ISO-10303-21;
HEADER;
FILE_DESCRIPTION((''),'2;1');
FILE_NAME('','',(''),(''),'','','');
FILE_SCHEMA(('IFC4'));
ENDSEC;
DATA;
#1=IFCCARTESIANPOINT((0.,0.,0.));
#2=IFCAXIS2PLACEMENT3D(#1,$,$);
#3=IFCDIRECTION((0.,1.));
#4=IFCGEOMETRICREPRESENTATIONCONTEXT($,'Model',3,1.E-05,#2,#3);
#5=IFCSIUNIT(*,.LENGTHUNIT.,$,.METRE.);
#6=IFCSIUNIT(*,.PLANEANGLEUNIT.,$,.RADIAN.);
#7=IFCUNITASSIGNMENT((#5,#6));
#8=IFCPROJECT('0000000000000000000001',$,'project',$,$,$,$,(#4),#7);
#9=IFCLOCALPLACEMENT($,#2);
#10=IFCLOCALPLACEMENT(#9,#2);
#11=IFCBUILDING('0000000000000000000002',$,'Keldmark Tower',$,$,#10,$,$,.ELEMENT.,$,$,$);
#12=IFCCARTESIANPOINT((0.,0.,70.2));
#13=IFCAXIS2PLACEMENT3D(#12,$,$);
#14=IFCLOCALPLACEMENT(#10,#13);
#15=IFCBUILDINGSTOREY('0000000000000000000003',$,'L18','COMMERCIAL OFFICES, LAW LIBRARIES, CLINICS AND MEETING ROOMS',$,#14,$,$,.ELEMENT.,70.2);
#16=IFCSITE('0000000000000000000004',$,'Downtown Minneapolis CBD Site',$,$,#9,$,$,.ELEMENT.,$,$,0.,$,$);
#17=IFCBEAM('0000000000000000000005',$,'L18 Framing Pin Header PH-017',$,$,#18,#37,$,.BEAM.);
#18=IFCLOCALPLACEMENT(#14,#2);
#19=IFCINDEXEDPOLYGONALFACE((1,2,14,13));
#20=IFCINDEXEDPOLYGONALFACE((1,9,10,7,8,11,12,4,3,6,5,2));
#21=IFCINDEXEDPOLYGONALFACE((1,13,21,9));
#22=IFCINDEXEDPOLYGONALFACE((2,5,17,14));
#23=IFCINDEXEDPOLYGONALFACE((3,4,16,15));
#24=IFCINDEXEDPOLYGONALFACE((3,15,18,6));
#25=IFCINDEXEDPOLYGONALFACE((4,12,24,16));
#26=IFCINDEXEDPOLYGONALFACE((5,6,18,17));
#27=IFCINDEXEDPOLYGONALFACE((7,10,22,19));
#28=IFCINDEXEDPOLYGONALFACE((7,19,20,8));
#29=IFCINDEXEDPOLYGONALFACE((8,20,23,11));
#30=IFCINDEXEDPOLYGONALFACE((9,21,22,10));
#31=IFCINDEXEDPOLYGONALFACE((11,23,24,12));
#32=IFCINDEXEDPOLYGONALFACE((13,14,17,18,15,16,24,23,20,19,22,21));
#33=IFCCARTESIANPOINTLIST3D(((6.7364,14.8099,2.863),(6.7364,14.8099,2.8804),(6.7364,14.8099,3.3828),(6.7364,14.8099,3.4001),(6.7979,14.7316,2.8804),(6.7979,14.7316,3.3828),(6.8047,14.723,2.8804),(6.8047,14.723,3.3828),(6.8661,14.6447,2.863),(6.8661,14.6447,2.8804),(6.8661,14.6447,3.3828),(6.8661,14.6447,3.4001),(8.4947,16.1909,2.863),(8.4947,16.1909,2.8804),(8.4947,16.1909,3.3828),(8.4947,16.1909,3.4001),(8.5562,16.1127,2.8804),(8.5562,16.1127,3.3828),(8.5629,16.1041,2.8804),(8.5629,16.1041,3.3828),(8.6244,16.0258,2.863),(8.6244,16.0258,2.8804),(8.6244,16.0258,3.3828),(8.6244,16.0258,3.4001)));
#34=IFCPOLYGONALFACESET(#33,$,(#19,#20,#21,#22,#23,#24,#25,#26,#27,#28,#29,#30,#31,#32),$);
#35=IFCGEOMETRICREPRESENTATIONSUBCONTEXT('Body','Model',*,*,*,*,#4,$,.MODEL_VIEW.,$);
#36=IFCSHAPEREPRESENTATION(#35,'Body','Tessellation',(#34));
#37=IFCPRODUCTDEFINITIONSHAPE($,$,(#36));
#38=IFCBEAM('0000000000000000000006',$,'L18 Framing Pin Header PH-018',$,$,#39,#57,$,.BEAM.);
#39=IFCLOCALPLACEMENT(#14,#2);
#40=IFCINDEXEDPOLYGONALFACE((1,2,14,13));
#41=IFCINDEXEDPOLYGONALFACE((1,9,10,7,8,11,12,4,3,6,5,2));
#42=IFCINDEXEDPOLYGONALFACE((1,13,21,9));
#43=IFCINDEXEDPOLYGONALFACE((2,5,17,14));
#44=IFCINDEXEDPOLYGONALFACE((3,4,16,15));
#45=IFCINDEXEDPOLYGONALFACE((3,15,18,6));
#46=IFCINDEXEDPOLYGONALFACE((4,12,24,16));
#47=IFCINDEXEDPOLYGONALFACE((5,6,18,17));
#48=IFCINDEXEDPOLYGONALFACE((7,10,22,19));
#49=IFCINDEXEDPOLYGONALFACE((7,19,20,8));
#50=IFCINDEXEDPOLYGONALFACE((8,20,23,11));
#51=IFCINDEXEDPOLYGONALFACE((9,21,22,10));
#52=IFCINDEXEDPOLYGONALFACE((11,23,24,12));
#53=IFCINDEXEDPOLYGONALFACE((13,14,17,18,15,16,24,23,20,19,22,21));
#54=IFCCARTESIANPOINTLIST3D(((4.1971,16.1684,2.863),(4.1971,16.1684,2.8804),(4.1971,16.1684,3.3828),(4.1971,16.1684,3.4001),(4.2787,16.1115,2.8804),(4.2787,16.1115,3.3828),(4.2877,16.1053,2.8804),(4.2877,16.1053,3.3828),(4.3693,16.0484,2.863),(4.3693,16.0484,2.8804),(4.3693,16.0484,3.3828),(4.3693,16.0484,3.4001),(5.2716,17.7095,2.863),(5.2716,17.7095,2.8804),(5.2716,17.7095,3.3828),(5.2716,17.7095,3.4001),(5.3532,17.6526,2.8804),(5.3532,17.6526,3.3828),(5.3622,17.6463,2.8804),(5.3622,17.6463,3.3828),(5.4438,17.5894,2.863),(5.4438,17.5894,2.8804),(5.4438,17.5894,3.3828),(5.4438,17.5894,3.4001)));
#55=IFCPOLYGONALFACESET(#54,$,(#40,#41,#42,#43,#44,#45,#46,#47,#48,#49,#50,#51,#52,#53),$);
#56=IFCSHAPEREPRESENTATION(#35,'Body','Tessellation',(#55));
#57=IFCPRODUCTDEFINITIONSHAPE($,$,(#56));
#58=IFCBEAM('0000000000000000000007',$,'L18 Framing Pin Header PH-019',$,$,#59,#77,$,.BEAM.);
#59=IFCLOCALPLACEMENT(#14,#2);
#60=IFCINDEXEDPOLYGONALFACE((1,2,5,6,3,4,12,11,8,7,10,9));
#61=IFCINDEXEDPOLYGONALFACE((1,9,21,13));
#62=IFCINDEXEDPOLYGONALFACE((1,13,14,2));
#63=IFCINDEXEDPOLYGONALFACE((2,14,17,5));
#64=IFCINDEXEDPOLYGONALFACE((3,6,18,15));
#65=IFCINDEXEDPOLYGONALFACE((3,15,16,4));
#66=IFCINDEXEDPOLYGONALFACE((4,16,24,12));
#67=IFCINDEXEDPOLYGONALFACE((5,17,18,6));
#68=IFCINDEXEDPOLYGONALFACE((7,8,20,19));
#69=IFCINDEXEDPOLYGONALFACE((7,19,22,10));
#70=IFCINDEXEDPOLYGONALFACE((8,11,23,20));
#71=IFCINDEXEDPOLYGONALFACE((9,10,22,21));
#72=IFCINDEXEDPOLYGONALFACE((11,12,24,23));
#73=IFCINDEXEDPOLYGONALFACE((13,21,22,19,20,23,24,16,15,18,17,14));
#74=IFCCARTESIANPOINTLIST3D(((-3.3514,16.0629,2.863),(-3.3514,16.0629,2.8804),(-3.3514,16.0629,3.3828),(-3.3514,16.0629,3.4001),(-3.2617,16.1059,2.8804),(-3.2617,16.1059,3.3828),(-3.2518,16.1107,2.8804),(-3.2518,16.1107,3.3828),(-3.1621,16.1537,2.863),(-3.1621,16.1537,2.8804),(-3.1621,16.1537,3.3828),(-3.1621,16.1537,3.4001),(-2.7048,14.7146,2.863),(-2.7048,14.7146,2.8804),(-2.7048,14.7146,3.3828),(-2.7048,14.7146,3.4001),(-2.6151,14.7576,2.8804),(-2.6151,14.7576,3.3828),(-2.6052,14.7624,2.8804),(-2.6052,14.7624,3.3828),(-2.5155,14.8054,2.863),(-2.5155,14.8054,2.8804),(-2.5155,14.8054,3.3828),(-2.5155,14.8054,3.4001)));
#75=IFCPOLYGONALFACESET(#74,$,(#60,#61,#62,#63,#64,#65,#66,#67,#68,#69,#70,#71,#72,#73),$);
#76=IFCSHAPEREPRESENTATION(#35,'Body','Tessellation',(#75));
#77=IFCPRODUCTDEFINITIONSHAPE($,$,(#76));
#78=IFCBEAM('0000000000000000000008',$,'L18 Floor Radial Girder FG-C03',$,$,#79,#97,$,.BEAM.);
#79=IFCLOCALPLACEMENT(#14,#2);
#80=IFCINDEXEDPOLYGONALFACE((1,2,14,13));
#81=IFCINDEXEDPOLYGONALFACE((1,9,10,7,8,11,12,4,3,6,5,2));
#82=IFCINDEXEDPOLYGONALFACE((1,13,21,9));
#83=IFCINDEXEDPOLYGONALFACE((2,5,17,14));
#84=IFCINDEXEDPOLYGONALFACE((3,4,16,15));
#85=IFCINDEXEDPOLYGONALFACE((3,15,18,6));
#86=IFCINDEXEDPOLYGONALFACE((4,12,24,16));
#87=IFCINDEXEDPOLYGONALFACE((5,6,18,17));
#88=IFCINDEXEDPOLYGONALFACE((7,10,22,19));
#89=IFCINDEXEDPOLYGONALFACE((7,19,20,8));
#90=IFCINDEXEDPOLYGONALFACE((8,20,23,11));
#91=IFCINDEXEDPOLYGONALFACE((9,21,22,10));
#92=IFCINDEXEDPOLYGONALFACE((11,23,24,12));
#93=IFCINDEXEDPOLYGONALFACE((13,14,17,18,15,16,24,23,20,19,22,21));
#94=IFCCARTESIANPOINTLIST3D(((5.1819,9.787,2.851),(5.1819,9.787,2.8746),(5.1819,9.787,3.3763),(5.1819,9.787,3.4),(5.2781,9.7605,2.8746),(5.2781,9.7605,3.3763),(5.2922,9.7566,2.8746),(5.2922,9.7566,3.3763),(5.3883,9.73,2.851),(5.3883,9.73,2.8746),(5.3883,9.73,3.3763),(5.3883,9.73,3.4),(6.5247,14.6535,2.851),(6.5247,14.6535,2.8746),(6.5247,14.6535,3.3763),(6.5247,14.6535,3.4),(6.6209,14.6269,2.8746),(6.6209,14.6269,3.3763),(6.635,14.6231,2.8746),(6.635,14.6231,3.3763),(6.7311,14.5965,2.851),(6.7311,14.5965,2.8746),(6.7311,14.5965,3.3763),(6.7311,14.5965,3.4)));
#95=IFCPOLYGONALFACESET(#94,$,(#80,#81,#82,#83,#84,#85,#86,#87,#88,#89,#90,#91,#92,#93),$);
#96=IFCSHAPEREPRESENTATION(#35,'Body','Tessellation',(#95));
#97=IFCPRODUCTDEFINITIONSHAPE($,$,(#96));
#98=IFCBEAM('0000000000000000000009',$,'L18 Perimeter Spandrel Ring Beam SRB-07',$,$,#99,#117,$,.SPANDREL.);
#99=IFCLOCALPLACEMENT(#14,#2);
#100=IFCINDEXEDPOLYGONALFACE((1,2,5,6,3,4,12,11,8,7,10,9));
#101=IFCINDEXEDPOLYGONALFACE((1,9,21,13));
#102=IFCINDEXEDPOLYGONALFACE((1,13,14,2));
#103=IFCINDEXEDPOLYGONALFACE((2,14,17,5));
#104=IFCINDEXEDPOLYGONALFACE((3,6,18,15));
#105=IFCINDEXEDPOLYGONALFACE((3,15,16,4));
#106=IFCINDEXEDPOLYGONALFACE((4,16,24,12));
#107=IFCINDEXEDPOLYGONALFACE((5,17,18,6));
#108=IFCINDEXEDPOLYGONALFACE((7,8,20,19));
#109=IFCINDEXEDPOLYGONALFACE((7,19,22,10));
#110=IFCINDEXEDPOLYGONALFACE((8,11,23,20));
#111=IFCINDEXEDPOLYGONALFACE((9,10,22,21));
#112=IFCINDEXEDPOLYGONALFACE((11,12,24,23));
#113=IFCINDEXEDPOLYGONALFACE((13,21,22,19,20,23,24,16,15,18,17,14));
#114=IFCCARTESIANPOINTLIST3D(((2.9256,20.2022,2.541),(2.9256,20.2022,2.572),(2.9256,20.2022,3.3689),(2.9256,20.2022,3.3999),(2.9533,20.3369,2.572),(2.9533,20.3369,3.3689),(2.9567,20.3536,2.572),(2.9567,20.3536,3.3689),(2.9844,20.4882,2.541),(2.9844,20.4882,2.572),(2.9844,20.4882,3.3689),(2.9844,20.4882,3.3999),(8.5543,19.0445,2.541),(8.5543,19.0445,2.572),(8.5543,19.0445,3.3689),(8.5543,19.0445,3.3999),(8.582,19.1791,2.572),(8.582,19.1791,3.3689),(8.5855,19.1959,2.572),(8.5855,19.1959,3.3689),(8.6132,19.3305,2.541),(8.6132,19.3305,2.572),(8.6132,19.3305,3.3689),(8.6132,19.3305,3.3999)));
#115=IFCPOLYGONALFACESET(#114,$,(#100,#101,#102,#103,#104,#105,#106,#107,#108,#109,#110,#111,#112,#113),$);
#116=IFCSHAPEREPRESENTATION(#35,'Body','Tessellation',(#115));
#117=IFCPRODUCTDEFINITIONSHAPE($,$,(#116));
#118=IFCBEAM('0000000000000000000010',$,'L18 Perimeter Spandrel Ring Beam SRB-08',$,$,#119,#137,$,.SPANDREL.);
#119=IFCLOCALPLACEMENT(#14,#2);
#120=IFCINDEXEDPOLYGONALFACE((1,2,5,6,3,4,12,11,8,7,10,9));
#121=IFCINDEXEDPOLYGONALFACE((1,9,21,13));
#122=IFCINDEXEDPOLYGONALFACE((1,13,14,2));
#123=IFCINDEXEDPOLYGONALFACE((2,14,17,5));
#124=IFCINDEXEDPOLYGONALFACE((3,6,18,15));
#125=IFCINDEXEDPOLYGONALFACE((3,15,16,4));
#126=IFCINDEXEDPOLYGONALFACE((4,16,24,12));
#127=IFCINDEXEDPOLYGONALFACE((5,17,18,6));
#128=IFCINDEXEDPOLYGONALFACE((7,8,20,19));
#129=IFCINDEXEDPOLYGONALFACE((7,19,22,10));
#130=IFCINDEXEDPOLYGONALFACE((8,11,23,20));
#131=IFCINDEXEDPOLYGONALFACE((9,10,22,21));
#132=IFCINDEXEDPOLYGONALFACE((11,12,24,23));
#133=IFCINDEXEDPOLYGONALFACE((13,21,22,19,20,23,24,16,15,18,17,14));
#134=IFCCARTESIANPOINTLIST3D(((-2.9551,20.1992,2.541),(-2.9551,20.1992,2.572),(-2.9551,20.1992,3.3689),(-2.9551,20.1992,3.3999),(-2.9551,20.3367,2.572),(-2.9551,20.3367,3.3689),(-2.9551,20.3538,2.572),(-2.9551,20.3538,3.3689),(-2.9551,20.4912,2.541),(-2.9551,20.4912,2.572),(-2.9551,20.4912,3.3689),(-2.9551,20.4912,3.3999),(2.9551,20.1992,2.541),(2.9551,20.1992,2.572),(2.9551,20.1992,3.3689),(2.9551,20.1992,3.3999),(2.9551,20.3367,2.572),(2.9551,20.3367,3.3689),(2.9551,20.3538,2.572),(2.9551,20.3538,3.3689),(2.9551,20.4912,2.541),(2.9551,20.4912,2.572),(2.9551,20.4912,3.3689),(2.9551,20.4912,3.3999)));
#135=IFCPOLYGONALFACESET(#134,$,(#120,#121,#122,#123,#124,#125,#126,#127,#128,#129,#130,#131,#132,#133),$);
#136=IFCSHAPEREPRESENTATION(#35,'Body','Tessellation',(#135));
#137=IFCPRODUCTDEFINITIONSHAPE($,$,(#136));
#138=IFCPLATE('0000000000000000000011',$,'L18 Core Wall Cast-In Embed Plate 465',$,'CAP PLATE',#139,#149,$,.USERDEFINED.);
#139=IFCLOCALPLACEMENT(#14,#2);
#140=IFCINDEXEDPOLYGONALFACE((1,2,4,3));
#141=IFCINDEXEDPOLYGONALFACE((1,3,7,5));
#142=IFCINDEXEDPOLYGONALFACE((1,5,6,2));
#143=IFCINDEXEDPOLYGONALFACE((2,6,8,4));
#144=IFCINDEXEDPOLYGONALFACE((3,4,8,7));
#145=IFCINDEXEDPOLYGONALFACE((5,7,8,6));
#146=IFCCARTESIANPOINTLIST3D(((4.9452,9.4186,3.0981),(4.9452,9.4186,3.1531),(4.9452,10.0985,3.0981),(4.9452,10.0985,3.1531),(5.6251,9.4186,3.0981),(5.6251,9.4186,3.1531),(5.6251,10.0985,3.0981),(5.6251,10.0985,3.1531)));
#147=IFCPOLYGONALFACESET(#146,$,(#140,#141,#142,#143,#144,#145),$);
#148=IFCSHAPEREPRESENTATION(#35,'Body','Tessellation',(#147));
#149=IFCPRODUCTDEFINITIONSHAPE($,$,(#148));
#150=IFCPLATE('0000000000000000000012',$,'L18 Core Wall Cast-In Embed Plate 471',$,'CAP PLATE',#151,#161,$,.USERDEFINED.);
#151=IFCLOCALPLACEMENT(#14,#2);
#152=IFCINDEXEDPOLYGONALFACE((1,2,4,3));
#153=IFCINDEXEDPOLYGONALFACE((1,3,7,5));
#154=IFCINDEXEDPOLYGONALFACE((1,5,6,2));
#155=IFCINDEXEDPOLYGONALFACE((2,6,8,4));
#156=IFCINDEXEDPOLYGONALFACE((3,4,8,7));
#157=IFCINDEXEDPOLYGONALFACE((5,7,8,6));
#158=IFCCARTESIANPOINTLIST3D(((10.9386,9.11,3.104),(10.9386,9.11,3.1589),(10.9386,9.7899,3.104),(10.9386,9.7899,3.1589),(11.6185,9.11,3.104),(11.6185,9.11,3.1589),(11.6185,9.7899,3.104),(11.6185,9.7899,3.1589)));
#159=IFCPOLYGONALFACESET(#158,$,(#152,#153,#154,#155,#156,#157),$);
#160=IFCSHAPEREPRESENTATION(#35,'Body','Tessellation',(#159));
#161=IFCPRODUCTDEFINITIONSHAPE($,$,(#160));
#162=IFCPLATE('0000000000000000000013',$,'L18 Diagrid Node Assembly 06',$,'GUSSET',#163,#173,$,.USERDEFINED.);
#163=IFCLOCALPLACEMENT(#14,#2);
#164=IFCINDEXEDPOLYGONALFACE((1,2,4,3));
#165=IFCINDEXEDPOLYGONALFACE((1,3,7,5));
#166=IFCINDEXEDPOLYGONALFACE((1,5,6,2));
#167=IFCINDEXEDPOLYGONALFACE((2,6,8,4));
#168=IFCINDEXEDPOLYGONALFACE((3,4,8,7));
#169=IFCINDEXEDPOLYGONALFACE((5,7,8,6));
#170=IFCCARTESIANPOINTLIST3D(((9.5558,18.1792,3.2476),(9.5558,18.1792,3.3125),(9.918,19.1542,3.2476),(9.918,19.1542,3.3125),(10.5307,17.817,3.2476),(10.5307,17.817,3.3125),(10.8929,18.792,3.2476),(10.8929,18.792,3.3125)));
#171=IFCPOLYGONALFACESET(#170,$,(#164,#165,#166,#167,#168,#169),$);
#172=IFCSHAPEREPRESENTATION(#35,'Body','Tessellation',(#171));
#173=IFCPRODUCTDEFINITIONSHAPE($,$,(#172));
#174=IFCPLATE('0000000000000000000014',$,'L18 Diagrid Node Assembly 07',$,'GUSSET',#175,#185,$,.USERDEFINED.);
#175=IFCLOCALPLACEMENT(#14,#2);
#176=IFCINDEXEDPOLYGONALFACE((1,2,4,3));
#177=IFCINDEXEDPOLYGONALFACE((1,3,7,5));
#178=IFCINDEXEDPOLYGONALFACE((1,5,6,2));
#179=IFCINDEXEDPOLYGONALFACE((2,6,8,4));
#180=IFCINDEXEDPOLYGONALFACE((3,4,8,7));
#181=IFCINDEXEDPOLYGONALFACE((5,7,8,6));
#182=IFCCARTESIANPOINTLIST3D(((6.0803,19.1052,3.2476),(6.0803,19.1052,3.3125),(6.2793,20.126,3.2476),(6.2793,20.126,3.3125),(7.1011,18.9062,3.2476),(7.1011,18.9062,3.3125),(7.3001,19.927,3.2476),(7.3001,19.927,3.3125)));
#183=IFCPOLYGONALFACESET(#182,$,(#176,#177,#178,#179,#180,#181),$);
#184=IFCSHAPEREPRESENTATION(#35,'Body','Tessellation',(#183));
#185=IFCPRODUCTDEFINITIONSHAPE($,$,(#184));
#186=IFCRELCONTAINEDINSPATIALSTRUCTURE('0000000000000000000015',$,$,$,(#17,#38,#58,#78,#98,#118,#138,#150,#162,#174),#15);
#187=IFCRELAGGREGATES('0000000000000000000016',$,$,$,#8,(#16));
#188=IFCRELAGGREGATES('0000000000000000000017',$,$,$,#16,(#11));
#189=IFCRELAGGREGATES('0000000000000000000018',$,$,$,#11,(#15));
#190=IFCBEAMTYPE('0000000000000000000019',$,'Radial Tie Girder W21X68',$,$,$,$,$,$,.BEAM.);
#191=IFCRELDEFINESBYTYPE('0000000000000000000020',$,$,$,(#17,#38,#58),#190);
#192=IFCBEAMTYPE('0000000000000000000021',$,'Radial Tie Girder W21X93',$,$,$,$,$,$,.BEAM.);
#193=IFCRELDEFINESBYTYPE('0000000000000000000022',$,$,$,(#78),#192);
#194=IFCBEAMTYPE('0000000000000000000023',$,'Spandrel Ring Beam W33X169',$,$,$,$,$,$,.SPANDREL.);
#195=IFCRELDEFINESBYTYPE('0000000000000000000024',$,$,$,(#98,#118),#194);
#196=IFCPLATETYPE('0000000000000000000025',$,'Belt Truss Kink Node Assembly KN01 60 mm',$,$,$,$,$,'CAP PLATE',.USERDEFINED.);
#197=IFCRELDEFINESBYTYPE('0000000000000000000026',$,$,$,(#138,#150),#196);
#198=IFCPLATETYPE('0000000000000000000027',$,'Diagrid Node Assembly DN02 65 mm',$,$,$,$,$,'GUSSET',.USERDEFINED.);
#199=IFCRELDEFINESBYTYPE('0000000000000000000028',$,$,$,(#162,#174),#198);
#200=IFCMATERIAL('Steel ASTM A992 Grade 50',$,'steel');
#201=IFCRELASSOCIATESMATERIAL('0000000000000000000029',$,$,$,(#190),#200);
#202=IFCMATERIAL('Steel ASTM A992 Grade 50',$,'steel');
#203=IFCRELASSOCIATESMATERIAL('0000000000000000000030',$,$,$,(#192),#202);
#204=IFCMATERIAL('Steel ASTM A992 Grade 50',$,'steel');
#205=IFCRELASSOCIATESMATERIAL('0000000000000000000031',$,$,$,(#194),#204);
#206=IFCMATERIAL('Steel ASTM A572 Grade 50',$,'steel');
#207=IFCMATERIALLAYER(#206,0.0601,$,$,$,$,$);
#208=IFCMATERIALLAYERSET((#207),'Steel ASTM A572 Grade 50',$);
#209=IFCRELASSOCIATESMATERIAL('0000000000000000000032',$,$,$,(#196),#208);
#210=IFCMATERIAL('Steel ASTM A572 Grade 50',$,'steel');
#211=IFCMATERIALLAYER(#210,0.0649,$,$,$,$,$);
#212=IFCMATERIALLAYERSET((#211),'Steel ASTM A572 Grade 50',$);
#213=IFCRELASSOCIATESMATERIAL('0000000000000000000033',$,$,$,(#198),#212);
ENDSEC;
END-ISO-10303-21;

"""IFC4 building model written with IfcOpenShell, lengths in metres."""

from ifc_helpers import new_model, si_unit, direction, frame, origin, origin_2d, place, context, subcontext, project, spatial, rectangle, i_section, extrude, material, layer, layer_set, material_profile, profile_set, type_object, element, save


model = new_model("IFC4")

# Units and contexts
model_context = context("Model", 3, precision=1e-05, world=origin(), true_north=direction((0.0, 1.0)))
body_context = subcontext(model_context, "Body", "Model", "MODEL_VIEW")
ifc_project = project(units=[si_unit("LENGTHUNIT", "METRE"), si_unit("PLANEANGLEUNIT", "RADIAN")], contexts=[model_context])

# Site, building, storey
site_placement = place(None, origin())
site = spatial("IfcSite", under=ifc_project, at=site_placement, Name="Downtown Minneapolis CBD Site", CompositionType="ELEMENT", RefElevation=0.0)
building_placement = place(site_placement, origin())
building = spatial("IfcBuilding", under=site, at=building_placement, Name="Keldmark Tower", CompositionType="ELEMENT")
storey_placement = place(building_placement, frame((0.0, 0.0, 70.2)))
storey = spatial("IfcBuildingStorey", under=building, at=storey_placement, Name="L18", Description="COMMERCIAL OFFICES, LAW LIBRARIES, CLINICS AND MEETING ROOMS", CompositionType="ELEMENT", Elevation=70.2)

# Beams
ifc_material_1 = material(Name="Steel ASTM A992 Grade 50", Category="steel")
ifc_material_profile_1 = material_profile(ifc_material_1, i_section(OverallWidth=0.21, OverallDepth=0.5371, WebThickness=0.011, FlangeThickness=0.0173, at=origin_2d()), Name="W21X68")
ifc_profile_set_1 = profile_set([ifc_material_profile_1], Name="Steel ASTM A992 Grade 50")
beam_type_1 = type_object("IfcBeamType", Name="Radial Tie Girder W21X68", PredefinedType="BEAM", material=ifc_profile_set_1)
beam_1_placement = place(storey_placement, frame((6.8013, 14.7273, 3.1316), z_axis=(0.786409, 0.617706, 0.0), x_axis=(-0.617706, 0.786409, 0.0)))
element("IfcBeam", 1, at=beam_1_placement, inside=storey, type_object=beam_type_1, Name="L18 Framing Pin Header PH-017", PredefinedType="BEAM", context=body_context, shape_type="SweptSolid", body=[
    extrude(i_section(OverallWidth=0.21, OverallDepth=0.5371, WebThickness=0.011, FlangeThickness=0.0173, at=origin_2d()), origin(), (0.0, 0.0, 1.0), 2.2358),
])
beam_2_placement = place(storey_placement, frame((4.2832, 16.1084, 3.1316), z_axis=(0.571944, 0.820293, 0.0), x_axis=(-0.820293, 0.571944, 0.0)))
element("IfcBeam", 2, at=beam_2_placement, inside=storey, type_object=beam_type_1, Name="L18 Framing Pin Header PH-018", PredefinedType="BEAM", context=body_context, shape_type="SweptSolid", body=[
    extrude(i_section(OverallWidth=0.21, OverallDepth=0.5371, WebThickness=0.011, FlangeThickness=0.0173, at=origin_2d()), origin(), (0.0, 0.0, 1.0), 1.8787),
])
beam_3_placement = place(storey_placement, frame((-2.6101, 14.76, 3.1316), z_axis=(-0.43246, 0.901653, 0.0), x_axis=(-0.901653, -0.43246, 0.0)))
element("IfcBeam", 3, at=beam_3_placement, inside=storey, type_object=beam_type_1, Name="L18 Framing Pin Header PH-019", PredefinedType="BEAM", context=body_context, shape_type="SweptSolid", body=[
    extrude(i_section(OverallWidth=0.21, OverallDepth=0.5371, WebThickness=0.011, FlangeThickness=0.0173, at=origin_2d()), origin(), (0.0, 0.0, 1.0), 1.4954),
])
ifc_material_2 = material(Name="Steel ASTM A992 Grade 50", Category="steel")
ifc_material_profile_2 = material_profile(ifc_material_2, i_section(OverallWidth=0.2141, OverallDepth=0.5491, WebThickness=0.0146, FlangeThickness=0.0237, at=origin_2d()), Name="W21X93")
ifc_profile_set_2 = profile_set([ifc_material_profile_2], Name="Steel ASTM A992 Grade 50")
beam_type_2 = type_object("IfcBeamType", Name="Radial Tie Girder W21X93", PredefinedType="BEAM", material=ifc_profile_set_2)
beam_4_placement = place(storey_placement, frame((6.6279, 14.625, 3.1255), z_axis=(-0.265985, -0.963977, 0.0), x_axis=(0.963977, -0.265985, 0.0)))
element("IfcBeam", 4, at=beam_4_placement, inside=storey, type_object=beam_type_2, Name="L18 Floor Radial Girder FG-C03", PredefinedType="BEAM", context=body_context, shape_type="SweptSolid", body=[
    extrude(i_section(OverallWidth=0.2141, OverallDepth=0.5491, WebThickness=0.0146, FlangeThickness=0.0237, at=origin_2d()), origin(), (0.0, 0.0, 1.0), 5.0483),
])
ifc_material_3 = material(Name="Steel ASTM A992 Grade 50", Category="steel")
ifc_material_profile_3 = material_profile(ifc_material_3, i_section(OverallWidth=0.292, OverallDepth=0.8589, WebThickness=0.0171, FlangeThickness=0.031, at=origin_2d()), Name="W33X169")
ifc_profile_set_3 = profile_set([ifc_material_profile_3], Name="Steel ASTM A992 Grade 50")
beam_type_3 = type_object("IfcBeamType", Name="Spandrel Ring Beam W33X169", PredefinedType="SPANDREL", material=ifc_profile_set_3)
beam_5_placement = place(storey_placement, frame((8.5837, 19.1875, 2.9705), z_axis=(-0.979496, 0.201465, 0.0), x_axis=(-0.201465, -0.979496, 0.0)))
element("IfcBeam", 5, at=beam_5_placement, inside=storey, type_object=beam_type_3, Name="L18 Perimeter Spandrel Ring Beam SRB-07", PredefinedType="SPANDREL", context=body_context, shape_type="SweptSolid", body=[
    extrude(i_section(OverallWidth=0.292, OverallDepth=0.8589, WebThickness=0.0171, FlangeThickness=0.031, at=origin_2d()), origin(), (0.0, 0.0, 1.0), 5.7466),
])
beam_6_placement = place(storey_placement, frame((2.9551, 20.3452, 2.9705), z_axis=(-1.0, 0.0, 0.0), x_axis=(0.0, -1.0, 0.0)))
element("IfcBeam", 6, at=beam_6_placement, inside=storey, type_object=beam_type_3, Name="L18 Perimeter Spandrel Ring Beam SRB-08", PredefinedType="SPANDREL", context=body_context, shape_type="SweptSolid", body=[
    extrude(i_section(OverallWidth=0.292, OverallDepth=0.8589, WebThickness=0.0171, FlangeThickness=0.031, at=origin_2d()), origin(), (0.0, 0.0, 1.0), 5.9102),
])

# Plates
ifc_material_4 = material(Name="Steel ASTM A572 Grade 50", Category="steel")
ifc_layer_1 = layer(ifc_material_4, 0.0601)
ifc_layer_set_1 = layer_set([ifc_layer_1], Name="Steel ASTM A572 Grade 50")
plate_type_1 = type_object("IfcPlateType", Name="Belt Truss Kink Node Assembly KN01 60 mm", ElementType="CAP PLATE", PredefinedType="USERDEFINED", material=ifc_layer_set_1)
for number, where, z_axis, x_axis, name in (
    (7, (5.2852, 9.7585, 3.0981), (0.0, 0.0, 1.0), (1.0, 0.0, 0.0), "L18 Core Wall Cast-In Embed Plate 465"),
    (8, (11.2786, 9.45, 3.104), (0.0, 0.0, 1.0), (1.0, 0.0, 0.0), "L18 Core Wall Cast-In Embed Plate 471"),
):
    element("IfcPlate", number, at=place(storey_placement, frame(where, z_axis=z_axis, x_axis=x_axis)), inside=storey, type_object=plate_type_1, Name=name, ObjectType="CAP PLATE", PredefinedType="USERDEFINED", context=body_context, shape_type="SweptSolid", body=[
        extrude(rectangle(XDim=0.6799, YDim=0.6799, at=origin_2d()), origin(), (0.0, 0.0, 1.0), 0.0549),
    ])
ifc_material_5 = material(Name="Steel ASTM A572 Grade 50", Category="steel")
ifc_layer_2 = layer(ifc_material_5, 0.0649)
ifc_layer_set_2 = layer_set([ifc_layer_2], Name="Steel ASTM A572 Grade 50")
plate_type_2 = type_object("IfcPlateType", Name="Diagrid Node Assembly DN02 65 mm", ElementType="GUSSET", PredefinedType="USERDEFINED", material=ifc_layer_set_2)
for number, where, z_axis, x_axis, name in (
    (9, (10.2244, 18.4856, 3.2476), (0.0, 0.0, 1.0), (-0.937404, 0.348245, 0.0), "L18 Diagrid Node Assembly 06"),
    (10, (6.6902, 19.5161, 3.2476), (0.0, 0.0, 1.0), (-0.981527, 0.191323, 0.0), "L18 Diagrid Node Assembly 07"),
):
    element("IfcPlate", number, at=place(storey_placement, frame(where, z_axis=z_axis, x_axis=x_axis)), inside=storey, type_object=plate_type_2, Name=name, ObjectType="GUSSET", PredefinedType="USERDEFINED", context=body_context, shape_type="SweptSolid", body=[
        extrude(rectangle(XDim=1.04, YDim=1.04, at=origin_2d()), origin(), (0.0, 0.0, 1.0), 0.0649),
    ])

save(model, "model.ifc")
